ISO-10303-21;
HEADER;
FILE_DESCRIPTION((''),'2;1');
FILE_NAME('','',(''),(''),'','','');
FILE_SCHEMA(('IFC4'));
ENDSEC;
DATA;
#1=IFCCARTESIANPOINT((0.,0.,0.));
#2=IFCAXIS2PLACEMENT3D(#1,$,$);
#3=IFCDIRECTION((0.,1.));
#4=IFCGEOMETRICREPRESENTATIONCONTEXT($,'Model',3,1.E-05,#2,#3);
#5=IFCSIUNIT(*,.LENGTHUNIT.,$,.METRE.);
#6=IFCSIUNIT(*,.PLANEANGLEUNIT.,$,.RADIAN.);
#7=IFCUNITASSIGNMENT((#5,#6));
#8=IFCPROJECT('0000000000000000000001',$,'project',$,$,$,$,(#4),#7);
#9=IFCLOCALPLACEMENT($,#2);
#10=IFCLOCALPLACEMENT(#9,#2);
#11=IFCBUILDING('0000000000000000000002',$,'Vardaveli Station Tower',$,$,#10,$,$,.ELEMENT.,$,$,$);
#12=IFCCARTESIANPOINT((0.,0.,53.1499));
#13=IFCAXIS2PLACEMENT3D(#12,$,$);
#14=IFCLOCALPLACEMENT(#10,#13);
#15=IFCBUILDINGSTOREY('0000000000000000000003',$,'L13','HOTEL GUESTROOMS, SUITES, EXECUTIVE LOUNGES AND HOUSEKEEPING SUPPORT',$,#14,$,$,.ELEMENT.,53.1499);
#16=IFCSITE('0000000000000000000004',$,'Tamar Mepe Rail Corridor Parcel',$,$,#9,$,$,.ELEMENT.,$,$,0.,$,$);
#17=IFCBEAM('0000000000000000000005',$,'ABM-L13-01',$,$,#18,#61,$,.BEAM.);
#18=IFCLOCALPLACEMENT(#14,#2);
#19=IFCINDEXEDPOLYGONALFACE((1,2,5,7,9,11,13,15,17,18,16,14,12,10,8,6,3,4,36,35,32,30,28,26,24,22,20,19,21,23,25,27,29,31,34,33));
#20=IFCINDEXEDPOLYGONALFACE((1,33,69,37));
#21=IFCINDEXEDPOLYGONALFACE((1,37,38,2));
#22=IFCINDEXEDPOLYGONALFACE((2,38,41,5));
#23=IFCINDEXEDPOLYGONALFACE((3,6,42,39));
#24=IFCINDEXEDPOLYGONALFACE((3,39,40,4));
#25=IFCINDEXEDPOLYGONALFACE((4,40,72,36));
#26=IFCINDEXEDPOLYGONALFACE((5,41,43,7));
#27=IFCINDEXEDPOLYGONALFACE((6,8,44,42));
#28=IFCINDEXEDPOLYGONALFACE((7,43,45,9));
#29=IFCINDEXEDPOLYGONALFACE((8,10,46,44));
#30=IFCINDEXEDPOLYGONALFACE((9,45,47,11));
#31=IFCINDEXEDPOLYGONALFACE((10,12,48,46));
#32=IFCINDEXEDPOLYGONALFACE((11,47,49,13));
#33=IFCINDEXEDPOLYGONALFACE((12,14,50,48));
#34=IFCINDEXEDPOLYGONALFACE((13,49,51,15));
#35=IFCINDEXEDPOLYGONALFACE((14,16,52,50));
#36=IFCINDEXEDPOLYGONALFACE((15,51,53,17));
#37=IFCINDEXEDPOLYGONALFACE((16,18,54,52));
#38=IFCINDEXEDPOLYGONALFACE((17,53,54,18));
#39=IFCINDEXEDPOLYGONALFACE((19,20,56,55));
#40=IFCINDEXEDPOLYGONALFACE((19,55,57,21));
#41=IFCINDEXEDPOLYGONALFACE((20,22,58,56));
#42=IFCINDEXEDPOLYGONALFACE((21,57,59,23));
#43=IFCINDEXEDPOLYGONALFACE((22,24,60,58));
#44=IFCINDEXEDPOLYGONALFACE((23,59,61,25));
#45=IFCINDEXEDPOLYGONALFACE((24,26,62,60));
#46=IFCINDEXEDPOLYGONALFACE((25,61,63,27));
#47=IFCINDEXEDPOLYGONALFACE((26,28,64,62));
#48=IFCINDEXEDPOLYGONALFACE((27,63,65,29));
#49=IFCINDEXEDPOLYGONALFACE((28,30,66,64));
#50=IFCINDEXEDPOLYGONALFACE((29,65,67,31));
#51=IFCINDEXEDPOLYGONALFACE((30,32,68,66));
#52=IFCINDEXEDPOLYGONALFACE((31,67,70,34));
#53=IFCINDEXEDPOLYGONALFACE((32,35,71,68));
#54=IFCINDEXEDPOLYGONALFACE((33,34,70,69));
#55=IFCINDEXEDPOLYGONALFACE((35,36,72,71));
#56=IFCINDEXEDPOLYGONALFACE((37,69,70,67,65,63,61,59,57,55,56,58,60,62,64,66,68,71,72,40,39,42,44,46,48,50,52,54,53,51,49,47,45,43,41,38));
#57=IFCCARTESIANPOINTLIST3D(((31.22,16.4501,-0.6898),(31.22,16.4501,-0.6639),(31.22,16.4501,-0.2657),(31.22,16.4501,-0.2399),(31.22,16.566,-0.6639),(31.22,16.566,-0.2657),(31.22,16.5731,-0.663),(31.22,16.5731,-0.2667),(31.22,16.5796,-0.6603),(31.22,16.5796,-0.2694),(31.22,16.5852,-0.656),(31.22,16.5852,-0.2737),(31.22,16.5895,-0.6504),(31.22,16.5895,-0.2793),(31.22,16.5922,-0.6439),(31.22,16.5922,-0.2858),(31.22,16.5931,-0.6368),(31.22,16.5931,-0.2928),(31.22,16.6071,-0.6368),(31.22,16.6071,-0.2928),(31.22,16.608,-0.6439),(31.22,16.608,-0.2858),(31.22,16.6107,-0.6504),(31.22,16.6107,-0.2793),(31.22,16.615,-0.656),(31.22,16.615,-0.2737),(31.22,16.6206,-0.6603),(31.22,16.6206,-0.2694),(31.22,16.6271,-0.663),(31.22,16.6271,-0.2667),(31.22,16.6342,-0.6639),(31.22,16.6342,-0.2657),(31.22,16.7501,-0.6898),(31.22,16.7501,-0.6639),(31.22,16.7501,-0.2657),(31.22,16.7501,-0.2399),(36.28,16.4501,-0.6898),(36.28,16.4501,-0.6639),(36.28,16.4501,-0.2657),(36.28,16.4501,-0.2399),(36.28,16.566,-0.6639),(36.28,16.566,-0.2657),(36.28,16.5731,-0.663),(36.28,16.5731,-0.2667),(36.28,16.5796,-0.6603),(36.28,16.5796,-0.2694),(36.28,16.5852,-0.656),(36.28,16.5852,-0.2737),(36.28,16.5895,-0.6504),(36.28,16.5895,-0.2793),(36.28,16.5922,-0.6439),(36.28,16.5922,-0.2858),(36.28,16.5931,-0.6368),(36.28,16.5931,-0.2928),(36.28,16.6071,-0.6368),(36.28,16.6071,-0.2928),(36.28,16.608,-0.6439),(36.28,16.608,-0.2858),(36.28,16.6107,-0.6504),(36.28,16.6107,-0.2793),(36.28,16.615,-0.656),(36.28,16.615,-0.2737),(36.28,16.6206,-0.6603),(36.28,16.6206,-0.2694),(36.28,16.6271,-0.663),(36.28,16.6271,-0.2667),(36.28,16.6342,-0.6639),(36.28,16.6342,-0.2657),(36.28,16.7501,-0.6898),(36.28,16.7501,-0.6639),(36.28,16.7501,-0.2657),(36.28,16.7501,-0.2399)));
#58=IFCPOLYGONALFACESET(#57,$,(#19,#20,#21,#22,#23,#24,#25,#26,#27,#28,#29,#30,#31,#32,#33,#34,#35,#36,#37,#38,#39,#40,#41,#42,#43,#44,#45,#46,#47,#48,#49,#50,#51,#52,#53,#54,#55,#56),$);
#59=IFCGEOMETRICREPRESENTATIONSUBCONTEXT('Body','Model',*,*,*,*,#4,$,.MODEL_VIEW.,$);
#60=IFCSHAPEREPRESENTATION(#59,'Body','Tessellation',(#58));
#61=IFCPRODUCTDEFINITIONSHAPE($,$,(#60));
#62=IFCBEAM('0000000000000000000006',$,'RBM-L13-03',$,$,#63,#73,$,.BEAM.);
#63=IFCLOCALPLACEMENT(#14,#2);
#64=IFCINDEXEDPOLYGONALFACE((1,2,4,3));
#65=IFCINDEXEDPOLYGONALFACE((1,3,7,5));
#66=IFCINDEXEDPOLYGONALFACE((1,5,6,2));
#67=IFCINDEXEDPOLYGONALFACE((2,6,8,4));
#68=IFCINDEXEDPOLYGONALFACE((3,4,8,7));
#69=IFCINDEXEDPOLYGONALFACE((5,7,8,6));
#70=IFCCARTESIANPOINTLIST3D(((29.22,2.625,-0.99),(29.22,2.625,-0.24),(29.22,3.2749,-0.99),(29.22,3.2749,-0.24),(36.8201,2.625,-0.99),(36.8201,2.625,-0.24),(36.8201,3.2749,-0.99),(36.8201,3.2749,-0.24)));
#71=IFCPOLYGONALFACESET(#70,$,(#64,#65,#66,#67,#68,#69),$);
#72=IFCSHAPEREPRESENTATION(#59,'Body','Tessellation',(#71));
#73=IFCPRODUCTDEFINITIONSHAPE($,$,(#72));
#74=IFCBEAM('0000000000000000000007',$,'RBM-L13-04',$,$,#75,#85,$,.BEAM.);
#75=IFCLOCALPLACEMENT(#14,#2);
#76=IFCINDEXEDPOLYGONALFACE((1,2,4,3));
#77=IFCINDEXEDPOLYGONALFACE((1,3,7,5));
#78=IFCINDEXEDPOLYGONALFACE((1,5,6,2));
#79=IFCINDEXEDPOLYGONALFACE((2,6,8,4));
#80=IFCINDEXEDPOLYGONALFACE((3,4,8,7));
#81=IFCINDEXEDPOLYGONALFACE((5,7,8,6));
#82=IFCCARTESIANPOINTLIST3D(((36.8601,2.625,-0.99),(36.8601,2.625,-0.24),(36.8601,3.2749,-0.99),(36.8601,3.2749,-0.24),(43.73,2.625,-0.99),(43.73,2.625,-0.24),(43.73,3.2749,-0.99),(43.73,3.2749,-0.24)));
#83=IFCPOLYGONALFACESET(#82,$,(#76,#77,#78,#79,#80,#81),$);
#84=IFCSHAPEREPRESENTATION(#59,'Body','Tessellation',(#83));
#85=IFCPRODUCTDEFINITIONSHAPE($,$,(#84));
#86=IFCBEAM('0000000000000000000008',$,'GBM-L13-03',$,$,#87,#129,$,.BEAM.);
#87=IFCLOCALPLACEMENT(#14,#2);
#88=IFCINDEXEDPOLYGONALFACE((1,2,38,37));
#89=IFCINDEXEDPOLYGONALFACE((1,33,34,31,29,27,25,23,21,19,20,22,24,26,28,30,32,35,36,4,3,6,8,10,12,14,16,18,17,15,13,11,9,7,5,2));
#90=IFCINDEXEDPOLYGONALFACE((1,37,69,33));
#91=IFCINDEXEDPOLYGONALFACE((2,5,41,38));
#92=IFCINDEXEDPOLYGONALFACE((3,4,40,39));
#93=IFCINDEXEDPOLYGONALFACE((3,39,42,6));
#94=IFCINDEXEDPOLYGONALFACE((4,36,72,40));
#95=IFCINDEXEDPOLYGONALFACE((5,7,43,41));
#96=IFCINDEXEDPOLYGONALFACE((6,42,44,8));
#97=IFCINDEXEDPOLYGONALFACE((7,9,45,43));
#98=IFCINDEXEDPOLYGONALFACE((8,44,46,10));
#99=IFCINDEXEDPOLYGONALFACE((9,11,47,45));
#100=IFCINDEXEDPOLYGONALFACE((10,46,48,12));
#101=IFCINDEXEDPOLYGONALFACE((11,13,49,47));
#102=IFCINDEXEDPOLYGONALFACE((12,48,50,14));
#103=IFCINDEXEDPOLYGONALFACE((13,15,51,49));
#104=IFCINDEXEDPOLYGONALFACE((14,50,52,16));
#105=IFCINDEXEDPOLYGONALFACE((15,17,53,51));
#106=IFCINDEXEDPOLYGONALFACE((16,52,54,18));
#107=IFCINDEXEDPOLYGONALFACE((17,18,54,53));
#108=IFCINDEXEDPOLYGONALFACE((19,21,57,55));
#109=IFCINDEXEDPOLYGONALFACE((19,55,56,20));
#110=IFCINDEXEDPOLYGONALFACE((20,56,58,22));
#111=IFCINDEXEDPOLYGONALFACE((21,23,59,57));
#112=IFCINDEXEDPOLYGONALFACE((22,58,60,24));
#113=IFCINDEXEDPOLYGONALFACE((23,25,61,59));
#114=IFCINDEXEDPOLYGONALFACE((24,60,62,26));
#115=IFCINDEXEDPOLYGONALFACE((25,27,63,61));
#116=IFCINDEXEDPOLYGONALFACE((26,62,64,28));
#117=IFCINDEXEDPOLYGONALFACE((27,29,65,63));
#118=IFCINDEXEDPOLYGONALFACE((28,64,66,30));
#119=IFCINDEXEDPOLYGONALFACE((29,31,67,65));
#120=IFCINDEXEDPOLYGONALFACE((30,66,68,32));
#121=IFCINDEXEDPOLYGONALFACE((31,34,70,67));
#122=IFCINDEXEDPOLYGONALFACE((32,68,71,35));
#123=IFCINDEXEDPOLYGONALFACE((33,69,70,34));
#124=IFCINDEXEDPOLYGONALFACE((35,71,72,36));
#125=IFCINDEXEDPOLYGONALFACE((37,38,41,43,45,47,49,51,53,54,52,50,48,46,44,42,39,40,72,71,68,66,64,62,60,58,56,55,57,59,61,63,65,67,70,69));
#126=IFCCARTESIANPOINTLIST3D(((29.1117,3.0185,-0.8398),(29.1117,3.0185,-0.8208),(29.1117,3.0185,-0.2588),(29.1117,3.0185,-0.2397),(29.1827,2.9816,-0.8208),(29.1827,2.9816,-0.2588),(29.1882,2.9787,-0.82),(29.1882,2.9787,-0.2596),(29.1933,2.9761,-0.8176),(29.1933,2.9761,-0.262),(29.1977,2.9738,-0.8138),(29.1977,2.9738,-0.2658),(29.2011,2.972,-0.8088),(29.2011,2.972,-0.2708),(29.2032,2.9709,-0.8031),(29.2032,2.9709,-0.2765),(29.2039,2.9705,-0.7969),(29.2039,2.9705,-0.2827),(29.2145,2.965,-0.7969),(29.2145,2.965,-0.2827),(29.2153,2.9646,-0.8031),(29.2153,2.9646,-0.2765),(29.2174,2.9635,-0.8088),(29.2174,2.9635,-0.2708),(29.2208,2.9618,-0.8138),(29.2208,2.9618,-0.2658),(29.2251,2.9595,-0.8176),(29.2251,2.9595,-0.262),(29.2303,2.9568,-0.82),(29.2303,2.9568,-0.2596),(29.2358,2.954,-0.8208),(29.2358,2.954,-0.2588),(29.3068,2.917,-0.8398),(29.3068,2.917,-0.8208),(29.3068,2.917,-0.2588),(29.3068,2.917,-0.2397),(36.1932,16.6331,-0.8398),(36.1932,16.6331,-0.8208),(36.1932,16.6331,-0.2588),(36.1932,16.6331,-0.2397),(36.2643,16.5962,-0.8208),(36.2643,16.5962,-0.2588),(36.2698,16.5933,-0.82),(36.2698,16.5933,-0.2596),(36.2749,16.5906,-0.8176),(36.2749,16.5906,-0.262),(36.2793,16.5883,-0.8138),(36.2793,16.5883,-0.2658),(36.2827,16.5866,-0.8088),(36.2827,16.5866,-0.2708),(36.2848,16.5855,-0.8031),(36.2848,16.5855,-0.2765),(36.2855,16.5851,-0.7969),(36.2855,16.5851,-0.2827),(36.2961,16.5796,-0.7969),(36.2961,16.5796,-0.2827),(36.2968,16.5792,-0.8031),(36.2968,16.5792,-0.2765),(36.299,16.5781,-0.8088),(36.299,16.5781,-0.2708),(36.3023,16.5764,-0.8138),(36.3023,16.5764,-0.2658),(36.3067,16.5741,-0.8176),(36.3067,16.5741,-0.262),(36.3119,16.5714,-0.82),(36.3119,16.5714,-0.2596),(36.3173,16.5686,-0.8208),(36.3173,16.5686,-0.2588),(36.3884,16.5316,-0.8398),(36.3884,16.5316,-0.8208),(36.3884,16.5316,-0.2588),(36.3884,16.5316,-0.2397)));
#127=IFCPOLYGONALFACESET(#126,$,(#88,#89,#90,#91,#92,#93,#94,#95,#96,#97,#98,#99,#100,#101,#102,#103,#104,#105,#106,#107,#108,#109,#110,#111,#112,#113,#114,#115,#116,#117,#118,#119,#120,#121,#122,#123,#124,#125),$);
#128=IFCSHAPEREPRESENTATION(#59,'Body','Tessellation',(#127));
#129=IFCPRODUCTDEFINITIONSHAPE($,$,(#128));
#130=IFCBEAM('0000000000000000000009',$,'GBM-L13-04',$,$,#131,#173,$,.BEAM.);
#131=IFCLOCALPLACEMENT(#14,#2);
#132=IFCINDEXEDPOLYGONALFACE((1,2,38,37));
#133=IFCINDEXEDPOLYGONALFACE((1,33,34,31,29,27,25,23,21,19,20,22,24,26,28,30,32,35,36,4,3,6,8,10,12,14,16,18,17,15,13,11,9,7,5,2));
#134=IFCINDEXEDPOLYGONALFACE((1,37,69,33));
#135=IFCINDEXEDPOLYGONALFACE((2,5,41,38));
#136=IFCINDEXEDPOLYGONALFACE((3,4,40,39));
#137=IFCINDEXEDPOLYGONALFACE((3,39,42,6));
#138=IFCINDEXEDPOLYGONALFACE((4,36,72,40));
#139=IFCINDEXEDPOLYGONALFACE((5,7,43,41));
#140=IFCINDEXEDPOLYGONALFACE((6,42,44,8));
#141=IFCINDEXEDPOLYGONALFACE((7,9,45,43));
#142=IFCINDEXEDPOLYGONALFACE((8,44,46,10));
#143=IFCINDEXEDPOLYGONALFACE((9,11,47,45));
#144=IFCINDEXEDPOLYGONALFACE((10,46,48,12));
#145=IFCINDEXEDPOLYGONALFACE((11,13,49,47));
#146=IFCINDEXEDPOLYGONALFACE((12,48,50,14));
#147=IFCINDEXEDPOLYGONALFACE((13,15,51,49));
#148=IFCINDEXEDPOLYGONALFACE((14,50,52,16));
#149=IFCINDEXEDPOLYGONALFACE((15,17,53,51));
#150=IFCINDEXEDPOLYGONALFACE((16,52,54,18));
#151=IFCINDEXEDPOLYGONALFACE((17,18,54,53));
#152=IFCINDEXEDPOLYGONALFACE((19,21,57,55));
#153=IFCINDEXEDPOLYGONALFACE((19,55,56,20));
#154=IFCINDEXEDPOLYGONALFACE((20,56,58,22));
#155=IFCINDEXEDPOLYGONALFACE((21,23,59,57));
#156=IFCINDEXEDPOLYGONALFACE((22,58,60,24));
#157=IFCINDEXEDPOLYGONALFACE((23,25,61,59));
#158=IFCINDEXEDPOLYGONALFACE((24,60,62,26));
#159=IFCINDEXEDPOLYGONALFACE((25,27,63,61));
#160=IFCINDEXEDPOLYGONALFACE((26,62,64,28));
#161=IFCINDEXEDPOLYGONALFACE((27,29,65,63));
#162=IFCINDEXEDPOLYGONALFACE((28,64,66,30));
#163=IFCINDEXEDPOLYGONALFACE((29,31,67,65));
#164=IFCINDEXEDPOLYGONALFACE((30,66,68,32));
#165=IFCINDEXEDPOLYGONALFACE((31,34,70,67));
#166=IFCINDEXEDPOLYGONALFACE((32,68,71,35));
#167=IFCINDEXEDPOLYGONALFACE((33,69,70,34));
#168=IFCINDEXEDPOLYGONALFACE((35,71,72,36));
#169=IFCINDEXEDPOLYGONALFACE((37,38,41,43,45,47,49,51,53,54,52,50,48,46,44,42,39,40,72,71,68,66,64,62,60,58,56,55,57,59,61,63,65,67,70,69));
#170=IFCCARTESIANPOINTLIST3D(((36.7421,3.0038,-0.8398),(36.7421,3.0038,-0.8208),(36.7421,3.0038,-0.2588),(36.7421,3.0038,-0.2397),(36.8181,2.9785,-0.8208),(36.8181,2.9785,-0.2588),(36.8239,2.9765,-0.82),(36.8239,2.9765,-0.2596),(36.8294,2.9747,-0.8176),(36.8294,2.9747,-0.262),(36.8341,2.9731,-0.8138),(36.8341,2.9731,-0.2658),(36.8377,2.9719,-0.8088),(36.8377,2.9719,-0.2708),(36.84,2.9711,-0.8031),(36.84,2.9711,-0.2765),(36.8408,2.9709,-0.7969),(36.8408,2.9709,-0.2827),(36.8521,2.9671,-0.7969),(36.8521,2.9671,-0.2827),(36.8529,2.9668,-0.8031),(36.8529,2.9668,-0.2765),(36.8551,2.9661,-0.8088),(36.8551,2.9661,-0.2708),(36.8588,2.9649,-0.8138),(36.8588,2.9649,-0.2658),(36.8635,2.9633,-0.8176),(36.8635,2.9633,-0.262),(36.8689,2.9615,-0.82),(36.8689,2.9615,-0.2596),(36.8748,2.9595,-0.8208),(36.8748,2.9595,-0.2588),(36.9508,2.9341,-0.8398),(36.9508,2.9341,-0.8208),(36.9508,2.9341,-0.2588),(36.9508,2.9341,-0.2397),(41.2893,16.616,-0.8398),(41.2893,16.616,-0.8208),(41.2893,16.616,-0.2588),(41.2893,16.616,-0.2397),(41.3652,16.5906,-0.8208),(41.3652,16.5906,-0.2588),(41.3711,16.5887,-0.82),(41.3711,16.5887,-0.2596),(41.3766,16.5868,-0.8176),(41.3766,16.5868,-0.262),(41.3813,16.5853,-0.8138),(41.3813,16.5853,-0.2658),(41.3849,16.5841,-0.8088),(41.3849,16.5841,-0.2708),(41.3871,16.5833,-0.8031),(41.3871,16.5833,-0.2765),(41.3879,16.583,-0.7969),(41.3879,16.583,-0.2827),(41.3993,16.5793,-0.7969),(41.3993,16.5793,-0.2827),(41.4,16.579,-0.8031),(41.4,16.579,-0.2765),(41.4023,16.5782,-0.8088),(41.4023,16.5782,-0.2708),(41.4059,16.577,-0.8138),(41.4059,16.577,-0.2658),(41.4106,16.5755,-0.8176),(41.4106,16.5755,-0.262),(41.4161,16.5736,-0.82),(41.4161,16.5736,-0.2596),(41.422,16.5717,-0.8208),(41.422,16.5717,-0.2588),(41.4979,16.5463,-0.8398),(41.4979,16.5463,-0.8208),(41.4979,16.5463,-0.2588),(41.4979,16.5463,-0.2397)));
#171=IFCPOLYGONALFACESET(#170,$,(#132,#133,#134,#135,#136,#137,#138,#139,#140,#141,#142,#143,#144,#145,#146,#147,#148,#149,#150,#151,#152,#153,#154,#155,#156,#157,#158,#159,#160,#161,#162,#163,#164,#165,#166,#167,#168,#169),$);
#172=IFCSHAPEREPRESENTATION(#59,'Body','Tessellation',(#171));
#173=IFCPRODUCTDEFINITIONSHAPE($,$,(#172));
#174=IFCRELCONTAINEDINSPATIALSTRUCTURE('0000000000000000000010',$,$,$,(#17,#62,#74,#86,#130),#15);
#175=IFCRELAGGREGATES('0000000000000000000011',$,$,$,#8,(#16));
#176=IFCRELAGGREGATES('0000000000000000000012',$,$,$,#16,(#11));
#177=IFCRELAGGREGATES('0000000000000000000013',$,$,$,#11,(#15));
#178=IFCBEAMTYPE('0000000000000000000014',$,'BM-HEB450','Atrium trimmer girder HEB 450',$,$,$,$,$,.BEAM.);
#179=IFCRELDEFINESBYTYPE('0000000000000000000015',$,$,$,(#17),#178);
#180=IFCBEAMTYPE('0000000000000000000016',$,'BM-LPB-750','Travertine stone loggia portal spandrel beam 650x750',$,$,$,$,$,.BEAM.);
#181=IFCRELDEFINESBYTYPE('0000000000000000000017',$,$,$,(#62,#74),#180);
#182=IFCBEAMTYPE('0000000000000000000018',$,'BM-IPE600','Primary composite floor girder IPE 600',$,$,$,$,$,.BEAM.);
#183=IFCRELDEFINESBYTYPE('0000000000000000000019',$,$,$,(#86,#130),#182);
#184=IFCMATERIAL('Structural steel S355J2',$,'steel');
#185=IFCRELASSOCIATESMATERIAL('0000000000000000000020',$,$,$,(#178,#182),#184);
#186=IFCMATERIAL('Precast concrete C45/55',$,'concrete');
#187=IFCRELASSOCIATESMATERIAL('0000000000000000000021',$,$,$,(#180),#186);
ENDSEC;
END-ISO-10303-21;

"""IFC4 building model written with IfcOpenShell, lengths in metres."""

from ifc_helpers import new_model, si_unit, direction, frame, origin, origin_2d, place, context, subcontext, project, spatial, rectangle, i_section, extrude, source, transform, mapped, material, material_profile, profile_set, type_object, element, save


model = new_model("IFC4")

# Units and contexts
model_context = context("Model", 3, precision=1e-05, world=origin(), true_north=direction((0.0, 1.0)))
body_context = subcontext(model_context, "Body", "Model", "MODEL_VIEW")
ifc_project = project(units=[si_unit("LENGTHUNIT", "METRE"), si_unit("PLANEANGLEUNIT", "RADIAN")], contexts=[model_context])

# Site, building, storey
site_placement = place(None, origin())
site = spatial("IfcSite", under=ifc_project, at=site_placement, Name="Tamar Mepe Rail Corridor Parcel", CompositionType="ELEMENT", RefElevation=0.0)
building_placement = place(site_placement, origin())
building = spatial("IfcBuilding", under=site, at=building_placement, Name="Vardaveli Station Tower", CompositionType="ELEMENT")
storey_placement = place(building_placement, frame((0.0, 0.0, 53.1499)))
storey = spatial("IfcBuildingStorey", under=building, at=storey_placement, Name="L13", Description="HOTEL GUESTROOMS, SUITES, EXECUTIVE LOUNGES AND HOUSEKEEPING SUPPORT", CompositionType="ELEMENT", Elevation=53.1499)

# Beams
ifc_material_1 = material(Name="Structural steel S355J2", Category="steel")
ifc_material_profile_1 = material_profile(ifc_material_1, i_section(OverallWidth=0.3, OverallDepth=0.45, WebThickness=0.0139, FlangeThickness=0.0259, FilletRadius=0.0271, at=origin_2d()), Name="HEB 450")
ifc_profile_set_1 = profile_set([ifc_material_profile_1], Name="Structural steel S355J2")
beam_type_1 = type_object("IfcBeamType", Name="BM-HEB450", Description="Atrium trimmer girder HEB 450", PredefinedType="BEAM", material=ifc_profile_set_1)
shared_shape_1 = source(origin(), body_context, "Body", "SweptSolid", [
    extrude(i_section(OverallWidth=0.3, OverallDepth=0.45, WebThickness=0.0139, FlangeThickness=0.0259, FilletRadius=0.0271, at=origin_2d()), origin(), (0.0, 0.0, 1.0), 5.0601),
])
beam_1_placement = place(storey_placement, frame((31.22, 16.6001, -0.4648), z_axis=(1.0, 0.0, 0.0), x_axis=(0.0, 1.0, 0.0)))
element("IfcBeam", 1, at=beam_1_placement, inside=storey, type_object=beam_type_1, Name="ABM-L13-01", PredefinedType="BEAM", context=body_context, shape_type="MappedRepresentation", body=[
    mapped(shared_shape_1, transform((0.0, 0.0, 0.0), scale=1.0)),
])
ifc_material_2 = material(Name="Precast concrete C45/55", Category="concrete")
ifc_material_profile_2 = material_profile(ifc_material_2, rectangle(XDim=0.6499, YDim=0.75, at=origin_2d()), Name="LPB 650x750")
ifc_profile_set_2 = profile_set([ifc_material_profile_2], Name="Precast concrete C45/55")
beam_type_2 = type_object("IfcBeamType", Name="BM-LPB-750", Description="Travertine stone loggia portal spandrel beam 650x750", PredefinedType="BEAM", material=ifc_profile_set_2)
shared_shape_2 = source(origin(), body_context, "Body", "SweptSolid", [
    extrude(rectangle(XDim=0.6499, YDim=0.75, at=origin_2d()), origin(), (0.0, 0.0, 1.0), 7.6001),
])
beam_2_placement = place(storey_placement, frame((29.22, 2.95, -0.615), z_axis=(1.0, 0.0, 0.0), x_axis=(0.0, 1.0, 0.0)))
element("IfcBeam", 2, at=beam_2_placement, inside=storey, type_object=beam_type_2, Name="RBM-L13-03", PredefinedType="BEAM", context=body_context, shape_type="MappedRepresentation", body=[
    mapped(shared_shape_2, transform((0.0, 0.0, 0.0), scale=1.0)),
])
shared_shape_3 = source(origin(), body_context, "Body", "SweptSolid", [
    extrude(rectangle(XDim=0.6499, YDim=0.75, at=origin_2d()), origin(), (0.0, 0.0, 1.0), 6.8699),
])
beam_3_placement = place(storey_placement, frame((36.8601, 2.95, -0.615), z_axis=(1.0, 0.0, 0.0), x_axis=(0.0, 1.0, 0.0)))
element("IfcBeam", 3, at=beam_3_placement, inside=storey, type_object=beam_type_2, Name="RBM-L13-04", PredefinedType="BEAM", context=body_context, shape_type="MappedRepresentation", body=[
    mapped(shared_shape_3, transform((0.0, 0.0, 0.0), scale=1.0)),
])
ifc_material_profile_3 = material_profile(ifc_material_1, i_section(OverallWidth=0.22, OverallDepth=0.6001, WebThickness=0.012, FlangeThickness=0.019, FilletRadius=0.0239, at=origin_2d()), Name="IPE 600")
ifc_profile_set_3 = profile_set([ifc_material_profile_3], Name="Structural steel S355J2")
beam_type_3 = type_object("IfcBeamType", Name="BM-IPE600", Description="Primary composite floor girder IPE 600", PredefinedType="BEAM", material=ifc_profile_set_3)
shared_shape_4 = source(origin(), body_context, "Body", "SweptSolid", [
    extrude(i_section(OverallWidth=0.22, OverallDepth=0.6001, WebThickness=0.012, FlangeThickness=0.019, FilletRadius=0.0239, at=origin_2d()), origin(), (0.0, 0.0, 1.0), 15.3462),
])
beam_4_placement = place(storey_placement, frame((29.2092, 2.9678, -0.5398), z_axis=(0.461455, 0.887163, 0.0), x_axis=(-0.887163, 0.461455, 0.0)))
element("IfcBeam", 4, at=beam_4_placement, inside=storey, type_object=beam_type_3, Name="GBM-L13-03", PredefinedType="BEAM", context=body_context, shape_type="MappedRepresentation", body=[
    mapped(shared_shape_4, transform((0.0, 0.0, 0.0), scale=1.0)),
])
shared_shape_5 = source(origin(), body_context, "Body", "SweptSolid", [
    extrude(i_section(OverallWidth=0.22, OverallDepth=0.6001, WebThickness=0.012, FlangeThickness=0.019, FilletRadius=0.0239, at=origin_2d()), origin(), (0.0, 0.0, 1.0), 14.3516),
])
beam_5_placement = place(storey_placement, frame((36.8464, 2.969, -0.5398), z_axis=(0.31684, 0.948479, 0.0), x_axis=(-0.948479, 0.31684, 0.0)))
element("IfcBeam", 5, at=beam_5_placement, inside=storey, type_object=beam_type_3, Name="GBM-L13-04", PredefinedType="BEAM", context=body_context, shape_type="MappedRepresentation", body=[
    mapped(shared_shape_5, transform((0.0, 0.0, 0.0), scale=1.0)),
])

save(model, "model.ifc")
